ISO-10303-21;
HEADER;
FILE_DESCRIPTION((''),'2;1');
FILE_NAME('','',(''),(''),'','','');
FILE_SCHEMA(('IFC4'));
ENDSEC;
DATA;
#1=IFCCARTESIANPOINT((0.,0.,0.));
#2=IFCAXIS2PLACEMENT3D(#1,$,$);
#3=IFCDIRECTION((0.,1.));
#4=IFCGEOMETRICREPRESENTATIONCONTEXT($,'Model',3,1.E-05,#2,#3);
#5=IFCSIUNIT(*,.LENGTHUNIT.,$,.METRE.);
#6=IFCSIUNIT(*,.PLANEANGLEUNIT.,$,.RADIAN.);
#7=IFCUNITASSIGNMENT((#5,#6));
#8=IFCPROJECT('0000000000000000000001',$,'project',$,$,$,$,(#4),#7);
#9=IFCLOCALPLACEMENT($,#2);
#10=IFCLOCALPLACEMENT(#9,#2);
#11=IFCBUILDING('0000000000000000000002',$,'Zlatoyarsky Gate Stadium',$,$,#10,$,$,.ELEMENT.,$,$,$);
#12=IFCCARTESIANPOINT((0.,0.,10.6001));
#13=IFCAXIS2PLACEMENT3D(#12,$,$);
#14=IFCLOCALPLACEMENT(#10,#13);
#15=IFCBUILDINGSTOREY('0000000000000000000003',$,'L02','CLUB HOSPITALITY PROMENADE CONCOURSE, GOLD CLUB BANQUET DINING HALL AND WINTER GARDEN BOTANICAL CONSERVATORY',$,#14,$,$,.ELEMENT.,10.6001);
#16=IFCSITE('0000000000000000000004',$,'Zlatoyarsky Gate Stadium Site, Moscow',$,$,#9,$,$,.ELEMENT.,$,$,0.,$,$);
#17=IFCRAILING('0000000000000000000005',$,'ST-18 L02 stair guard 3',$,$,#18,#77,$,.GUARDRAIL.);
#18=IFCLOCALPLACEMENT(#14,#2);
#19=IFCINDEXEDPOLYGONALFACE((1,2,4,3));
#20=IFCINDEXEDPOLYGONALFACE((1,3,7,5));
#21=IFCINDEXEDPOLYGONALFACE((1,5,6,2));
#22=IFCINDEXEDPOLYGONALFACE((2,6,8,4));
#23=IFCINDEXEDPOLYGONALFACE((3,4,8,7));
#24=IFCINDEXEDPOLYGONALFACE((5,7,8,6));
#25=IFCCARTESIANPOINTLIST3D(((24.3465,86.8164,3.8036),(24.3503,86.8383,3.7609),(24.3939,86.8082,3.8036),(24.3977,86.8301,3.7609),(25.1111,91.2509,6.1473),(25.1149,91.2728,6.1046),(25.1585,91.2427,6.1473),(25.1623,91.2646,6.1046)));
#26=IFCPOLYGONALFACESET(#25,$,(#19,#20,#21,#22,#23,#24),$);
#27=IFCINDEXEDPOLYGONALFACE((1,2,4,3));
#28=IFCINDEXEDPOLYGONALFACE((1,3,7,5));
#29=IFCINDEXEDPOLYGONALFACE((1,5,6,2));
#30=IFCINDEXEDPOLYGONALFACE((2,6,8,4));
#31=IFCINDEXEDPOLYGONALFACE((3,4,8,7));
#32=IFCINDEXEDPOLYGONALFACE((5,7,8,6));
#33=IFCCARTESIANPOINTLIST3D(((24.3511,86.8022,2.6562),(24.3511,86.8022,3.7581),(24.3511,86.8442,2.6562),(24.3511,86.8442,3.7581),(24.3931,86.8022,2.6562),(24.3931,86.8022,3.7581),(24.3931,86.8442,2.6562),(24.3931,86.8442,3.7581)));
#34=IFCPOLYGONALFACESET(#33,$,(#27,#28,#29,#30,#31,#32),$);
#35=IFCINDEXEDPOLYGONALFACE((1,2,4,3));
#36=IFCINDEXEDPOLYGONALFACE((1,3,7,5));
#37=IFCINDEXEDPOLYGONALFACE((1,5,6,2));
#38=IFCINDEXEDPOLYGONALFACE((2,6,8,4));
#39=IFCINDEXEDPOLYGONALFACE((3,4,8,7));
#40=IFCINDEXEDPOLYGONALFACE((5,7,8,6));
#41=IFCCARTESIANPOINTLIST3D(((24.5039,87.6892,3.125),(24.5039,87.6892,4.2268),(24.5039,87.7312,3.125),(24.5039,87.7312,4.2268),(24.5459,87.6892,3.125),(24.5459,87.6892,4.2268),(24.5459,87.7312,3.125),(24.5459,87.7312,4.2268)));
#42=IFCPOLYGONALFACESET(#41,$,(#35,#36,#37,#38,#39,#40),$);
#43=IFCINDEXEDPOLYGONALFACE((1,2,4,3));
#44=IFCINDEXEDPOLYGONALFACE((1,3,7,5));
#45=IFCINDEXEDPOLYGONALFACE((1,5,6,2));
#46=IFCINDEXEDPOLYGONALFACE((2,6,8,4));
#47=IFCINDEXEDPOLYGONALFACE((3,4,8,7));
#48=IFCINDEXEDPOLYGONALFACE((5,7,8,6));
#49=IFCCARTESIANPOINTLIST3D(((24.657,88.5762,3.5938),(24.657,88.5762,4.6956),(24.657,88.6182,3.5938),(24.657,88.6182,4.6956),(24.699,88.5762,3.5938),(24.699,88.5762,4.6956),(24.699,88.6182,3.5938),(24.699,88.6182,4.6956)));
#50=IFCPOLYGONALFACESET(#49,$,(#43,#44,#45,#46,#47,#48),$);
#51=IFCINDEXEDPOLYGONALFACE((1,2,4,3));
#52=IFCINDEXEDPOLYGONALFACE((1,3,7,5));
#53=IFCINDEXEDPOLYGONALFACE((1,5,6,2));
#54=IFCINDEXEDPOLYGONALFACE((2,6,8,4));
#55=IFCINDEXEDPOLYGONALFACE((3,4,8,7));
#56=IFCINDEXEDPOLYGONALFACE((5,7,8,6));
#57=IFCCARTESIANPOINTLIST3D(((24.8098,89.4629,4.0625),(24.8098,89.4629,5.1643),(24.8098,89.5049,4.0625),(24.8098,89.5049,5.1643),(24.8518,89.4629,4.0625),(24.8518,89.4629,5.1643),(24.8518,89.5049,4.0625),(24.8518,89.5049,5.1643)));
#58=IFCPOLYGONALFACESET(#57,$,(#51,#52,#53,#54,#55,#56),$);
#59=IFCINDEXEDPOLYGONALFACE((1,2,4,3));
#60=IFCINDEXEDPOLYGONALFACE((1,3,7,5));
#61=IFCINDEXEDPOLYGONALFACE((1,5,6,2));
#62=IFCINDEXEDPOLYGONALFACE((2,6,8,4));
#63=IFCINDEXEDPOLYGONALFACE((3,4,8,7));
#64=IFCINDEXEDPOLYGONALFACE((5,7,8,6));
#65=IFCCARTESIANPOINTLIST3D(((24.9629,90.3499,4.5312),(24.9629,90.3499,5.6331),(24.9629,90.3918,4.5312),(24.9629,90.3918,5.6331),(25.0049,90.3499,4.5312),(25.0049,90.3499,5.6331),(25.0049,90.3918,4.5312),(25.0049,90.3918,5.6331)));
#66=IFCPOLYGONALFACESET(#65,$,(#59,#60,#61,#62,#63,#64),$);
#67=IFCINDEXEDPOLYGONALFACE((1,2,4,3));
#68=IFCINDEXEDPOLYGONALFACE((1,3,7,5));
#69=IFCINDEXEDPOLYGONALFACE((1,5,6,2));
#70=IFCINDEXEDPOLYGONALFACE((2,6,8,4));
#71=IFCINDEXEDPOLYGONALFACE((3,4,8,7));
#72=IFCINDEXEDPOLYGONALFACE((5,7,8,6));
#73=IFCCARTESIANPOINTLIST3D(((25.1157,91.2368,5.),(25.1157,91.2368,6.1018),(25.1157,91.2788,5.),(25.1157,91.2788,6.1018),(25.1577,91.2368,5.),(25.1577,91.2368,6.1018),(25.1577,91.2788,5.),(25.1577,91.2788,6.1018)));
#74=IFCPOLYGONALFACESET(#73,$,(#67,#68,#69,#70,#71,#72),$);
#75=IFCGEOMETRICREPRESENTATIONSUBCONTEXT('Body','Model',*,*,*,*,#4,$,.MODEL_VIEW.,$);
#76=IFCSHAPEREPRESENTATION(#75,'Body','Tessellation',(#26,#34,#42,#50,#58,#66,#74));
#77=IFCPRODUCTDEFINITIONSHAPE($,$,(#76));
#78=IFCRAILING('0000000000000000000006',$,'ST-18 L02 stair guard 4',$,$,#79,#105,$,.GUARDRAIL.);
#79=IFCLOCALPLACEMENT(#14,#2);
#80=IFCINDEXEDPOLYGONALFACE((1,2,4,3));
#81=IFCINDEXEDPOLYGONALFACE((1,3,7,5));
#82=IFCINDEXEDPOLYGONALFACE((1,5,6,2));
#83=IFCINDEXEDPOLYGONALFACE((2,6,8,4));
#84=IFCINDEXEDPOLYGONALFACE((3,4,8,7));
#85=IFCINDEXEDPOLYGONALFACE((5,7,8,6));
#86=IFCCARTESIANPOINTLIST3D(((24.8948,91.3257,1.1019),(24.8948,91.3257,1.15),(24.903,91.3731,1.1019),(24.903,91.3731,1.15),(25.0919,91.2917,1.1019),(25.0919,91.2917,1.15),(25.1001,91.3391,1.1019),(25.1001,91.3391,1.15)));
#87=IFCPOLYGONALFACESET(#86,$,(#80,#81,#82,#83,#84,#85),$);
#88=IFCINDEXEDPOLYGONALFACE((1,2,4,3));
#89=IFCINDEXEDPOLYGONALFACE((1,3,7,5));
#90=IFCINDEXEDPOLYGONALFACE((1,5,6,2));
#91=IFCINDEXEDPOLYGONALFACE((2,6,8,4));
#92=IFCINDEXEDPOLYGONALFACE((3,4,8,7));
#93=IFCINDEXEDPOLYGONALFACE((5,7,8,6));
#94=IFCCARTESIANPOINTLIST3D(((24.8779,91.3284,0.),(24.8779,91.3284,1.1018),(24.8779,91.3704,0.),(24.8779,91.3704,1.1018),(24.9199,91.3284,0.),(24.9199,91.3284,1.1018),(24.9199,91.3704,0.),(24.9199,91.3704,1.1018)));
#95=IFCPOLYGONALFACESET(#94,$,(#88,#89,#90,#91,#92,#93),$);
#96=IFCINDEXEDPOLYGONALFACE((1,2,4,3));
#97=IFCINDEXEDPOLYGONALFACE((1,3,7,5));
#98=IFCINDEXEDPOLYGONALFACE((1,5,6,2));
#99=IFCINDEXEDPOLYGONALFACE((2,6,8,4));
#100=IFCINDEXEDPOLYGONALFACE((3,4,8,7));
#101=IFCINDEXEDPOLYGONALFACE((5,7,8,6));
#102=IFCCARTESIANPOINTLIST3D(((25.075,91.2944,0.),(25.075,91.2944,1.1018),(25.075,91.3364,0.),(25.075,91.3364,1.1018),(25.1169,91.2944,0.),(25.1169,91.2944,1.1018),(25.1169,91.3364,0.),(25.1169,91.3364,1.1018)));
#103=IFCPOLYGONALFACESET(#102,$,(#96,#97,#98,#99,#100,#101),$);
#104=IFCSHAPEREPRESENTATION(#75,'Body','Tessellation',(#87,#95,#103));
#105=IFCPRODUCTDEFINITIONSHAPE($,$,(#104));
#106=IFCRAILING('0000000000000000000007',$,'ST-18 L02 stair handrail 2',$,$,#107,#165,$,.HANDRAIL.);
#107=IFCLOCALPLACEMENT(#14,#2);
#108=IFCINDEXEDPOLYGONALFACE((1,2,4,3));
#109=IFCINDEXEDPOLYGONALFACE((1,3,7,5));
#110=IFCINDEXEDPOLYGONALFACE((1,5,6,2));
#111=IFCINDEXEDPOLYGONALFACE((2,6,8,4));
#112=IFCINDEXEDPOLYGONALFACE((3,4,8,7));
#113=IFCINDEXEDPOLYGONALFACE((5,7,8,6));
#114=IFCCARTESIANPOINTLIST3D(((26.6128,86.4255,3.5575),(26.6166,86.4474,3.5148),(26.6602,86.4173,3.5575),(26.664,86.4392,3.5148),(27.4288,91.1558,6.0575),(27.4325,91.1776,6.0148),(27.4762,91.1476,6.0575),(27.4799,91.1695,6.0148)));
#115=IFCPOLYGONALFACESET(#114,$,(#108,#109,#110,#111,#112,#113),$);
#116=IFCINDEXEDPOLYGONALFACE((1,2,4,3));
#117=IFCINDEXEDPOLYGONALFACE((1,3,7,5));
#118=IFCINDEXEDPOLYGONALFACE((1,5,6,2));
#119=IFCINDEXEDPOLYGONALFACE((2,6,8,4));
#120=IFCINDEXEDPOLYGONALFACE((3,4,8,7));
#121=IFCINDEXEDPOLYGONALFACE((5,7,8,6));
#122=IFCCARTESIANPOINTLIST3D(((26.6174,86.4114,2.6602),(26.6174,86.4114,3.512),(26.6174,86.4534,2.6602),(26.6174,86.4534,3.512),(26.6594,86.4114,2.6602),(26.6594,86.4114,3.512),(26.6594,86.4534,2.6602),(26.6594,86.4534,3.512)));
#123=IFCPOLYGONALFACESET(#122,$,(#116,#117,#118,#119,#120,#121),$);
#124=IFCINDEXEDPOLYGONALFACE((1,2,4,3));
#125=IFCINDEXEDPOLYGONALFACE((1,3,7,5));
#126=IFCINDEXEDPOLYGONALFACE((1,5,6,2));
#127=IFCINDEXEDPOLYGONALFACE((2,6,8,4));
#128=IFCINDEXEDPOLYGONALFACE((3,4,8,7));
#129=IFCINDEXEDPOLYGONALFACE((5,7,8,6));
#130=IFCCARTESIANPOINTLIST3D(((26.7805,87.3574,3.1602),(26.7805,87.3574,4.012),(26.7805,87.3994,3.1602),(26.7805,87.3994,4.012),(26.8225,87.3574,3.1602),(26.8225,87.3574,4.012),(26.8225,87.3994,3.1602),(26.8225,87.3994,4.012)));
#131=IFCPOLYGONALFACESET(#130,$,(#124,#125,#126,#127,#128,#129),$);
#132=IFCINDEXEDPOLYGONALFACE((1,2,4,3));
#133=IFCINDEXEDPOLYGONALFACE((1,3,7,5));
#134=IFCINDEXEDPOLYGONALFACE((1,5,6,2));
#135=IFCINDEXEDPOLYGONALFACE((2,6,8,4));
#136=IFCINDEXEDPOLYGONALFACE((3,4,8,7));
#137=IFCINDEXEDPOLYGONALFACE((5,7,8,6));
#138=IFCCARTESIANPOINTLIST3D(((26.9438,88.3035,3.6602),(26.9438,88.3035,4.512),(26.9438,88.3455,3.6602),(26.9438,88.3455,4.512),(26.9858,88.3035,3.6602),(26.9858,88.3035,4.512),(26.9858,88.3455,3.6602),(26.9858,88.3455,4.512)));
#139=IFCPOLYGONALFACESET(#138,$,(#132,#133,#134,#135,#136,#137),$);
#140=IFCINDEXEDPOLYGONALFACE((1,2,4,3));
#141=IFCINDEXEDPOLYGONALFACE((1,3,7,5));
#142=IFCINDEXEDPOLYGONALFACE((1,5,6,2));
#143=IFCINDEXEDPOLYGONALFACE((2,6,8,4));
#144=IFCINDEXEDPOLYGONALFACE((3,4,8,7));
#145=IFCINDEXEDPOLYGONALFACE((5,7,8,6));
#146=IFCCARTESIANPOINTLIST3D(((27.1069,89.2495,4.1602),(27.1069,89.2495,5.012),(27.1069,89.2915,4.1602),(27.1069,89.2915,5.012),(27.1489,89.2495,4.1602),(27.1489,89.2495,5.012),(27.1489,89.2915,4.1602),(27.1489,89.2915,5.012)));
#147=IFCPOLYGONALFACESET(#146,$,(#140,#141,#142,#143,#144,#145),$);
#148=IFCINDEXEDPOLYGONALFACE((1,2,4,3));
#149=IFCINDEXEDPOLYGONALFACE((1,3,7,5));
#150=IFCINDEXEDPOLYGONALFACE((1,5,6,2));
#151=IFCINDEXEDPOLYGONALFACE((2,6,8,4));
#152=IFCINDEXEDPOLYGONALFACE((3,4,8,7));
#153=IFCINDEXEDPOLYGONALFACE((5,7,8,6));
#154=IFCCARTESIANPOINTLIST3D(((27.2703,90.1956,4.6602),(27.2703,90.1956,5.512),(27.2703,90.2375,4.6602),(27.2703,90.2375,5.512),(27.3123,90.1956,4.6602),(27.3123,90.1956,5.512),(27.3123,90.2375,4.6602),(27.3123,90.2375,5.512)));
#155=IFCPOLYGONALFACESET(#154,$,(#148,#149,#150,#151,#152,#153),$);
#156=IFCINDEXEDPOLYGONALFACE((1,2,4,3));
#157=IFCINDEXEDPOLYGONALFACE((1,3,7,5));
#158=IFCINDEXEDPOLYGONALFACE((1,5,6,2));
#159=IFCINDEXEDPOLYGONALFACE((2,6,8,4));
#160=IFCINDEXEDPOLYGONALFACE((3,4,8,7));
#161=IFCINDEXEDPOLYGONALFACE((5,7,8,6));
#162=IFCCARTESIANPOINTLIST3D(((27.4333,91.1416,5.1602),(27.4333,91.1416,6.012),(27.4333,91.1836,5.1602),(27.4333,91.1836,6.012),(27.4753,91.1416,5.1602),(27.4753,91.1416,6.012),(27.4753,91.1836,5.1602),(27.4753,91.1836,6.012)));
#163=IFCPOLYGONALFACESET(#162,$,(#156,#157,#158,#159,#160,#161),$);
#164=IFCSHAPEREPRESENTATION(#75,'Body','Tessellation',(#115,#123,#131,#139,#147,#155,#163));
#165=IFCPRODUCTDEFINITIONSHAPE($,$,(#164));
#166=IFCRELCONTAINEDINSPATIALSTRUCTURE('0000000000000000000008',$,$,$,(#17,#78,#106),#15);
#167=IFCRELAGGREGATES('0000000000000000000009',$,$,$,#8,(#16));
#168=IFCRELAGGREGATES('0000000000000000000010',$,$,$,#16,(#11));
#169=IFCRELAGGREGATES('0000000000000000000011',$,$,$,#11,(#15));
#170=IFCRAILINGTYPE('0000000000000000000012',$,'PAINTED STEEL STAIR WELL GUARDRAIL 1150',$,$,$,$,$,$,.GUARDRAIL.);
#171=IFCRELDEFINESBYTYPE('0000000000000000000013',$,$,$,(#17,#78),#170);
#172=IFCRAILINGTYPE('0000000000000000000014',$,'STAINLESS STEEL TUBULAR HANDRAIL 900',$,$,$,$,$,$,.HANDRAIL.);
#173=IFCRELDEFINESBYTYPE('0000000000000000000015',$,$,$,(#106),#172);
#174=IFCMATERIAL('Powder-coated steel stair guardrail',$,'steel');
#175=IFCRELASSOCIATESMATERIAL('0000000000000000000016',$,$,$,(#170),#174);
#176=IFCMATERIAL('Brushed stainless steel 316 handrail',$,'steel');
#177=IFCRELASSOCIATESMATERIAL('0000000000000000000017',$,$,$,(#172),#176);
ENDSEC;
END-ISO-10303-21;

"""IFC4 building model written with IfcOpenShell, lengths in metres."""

from ifc_helpers import new_model, si_unit, direction, frame, origin, origin_2d, place, context, subcontext, project, spatial, rectangle, extrude, material, type_object, element, save


model = new_model("IFC4")

# Units and contexts
model_context = context("Model", 3, precision=1e-05, world=origin(), true_north=direction((0.0, 1.0)))
body_context = subcontext(model_context, "Body", "Model", "MODEL_VIEW")
ifc_project = project(units=[si_unit("LENGTHUNIT", "METRE"), si_unit("PLANEANGLEUNIT", "RADIAN")], contexts=[model_context])

# Site, building, storey
site_placement = place(None, origin())
site = spatial("IfcSite", under=ifc_project, at=site_placement, Name="Zlatoyarsky Gate Stadium Site, Moscow", CompositionType="ELEMENT", RefElevation=0.0)
building_placement = place(site_placement, origin())
building = spatial("IfcBuilding", under=site, at=building_placement, Name="Zlatoyarsky Gate Stadium", CompositionType="ELEMENT")
storey_placement = place(building_placement, frame((0.0, 0.0, 10.6001)))
storey = spatial("IfcBuildingStorey", under=building, at=storey_placement, Name="L02", Description="CLUB HOSPITALITY PROMENADE CONCOURSE, GOLD CLUB BANQUET DINING HALL AND WINTER GARDEN BOTANICAL CONSERVATORY", CompositionType="ELEMENT", Elevation=10.6001)

# Railings
ifc_material_1 = material(Name="Powder-coated steel stair guardrail", Category="steel")
railing_type_1 = type_object("IfcRailingType", Name="PAINTED STEEL STAIR WELL GUARDRAIL 1150", PredefinedType="GUARDRAIL", material=ifc_material_1)
railing_1_placement = place(storey_placement, frame((24.3721, 86.8232, 2.6562)))
element("IfcRailing", 1, at=railing_1_placement, inside=storey, type_object=railing_type_1, Name="ST-18 L02 stair guard 3", PredefinedType="GUARDRAIL", context=body_context, shape_type="SweptSolid", body=[
    extrude(rectangle(XDim=0.0481, YDim=0.0481, at=origin_2d()), frame((0.0, 0.0, 1.126), z_axis=(0.150706, 0.874017, 0.461934), x_axis=(-0.985458, 0.169921, 0.0)), (0.0, 0.0, 1.0), 5.0737),
    extrude(rectangle(XDim=0.042, YDim=0.042, at=origin_2d()), origin(), (0.0, 0.0, 1.0), 1.1018),
    extrude(rectangle(XDim=0.042, YDim=0.042, at=origin_2d()), frame((0.1528, 0.887, 0.4688)), (0.0, 0.0, 1.0), 1.1018),
    extrude(rectangle(XDim=0.042, YDim=0.042, at=origin_2d()), frame((0.3059, 1.7739, 0.9375)), (0.0, 0.0, 1.0), 1.1018),
    extrude(rectangle(XDim=0.042, YDim=0.042, at=origin_2d()), frame((0.4587, 2.6606, 1.4062)), (0.0, 0.0, 1.0), 1.1018),
    extrude(rectangle(XDim=0.042, YDim=0.042, at=origin_2d()), frame((0.6118, 3.5476, 1.875)), (0.0, 0.0, 1.0), 1.1018),
    extrude(rectangle(XDim=0.042, YDim=0.042, at=origin_2d()), frame((0.7646, 4.4346, 2.3438)), (0.0, 0.0, 1.0), 1.1018),
])
railing_2_placement = place(storey_placement, frame((24.8989, 91.3494, 0.0)))
element("IfcRailing", 2, at=railing_2_placement, inside=storey, type_object=railing_type_1, Name="ST-18 L02 stair guard 4", PredefinedType="GUARDRAIL", context=body_context, shape_type="SweptSolid", body=[
    extrude(rectangle(XDim=0.0481, YDim=0.0481, at=origin_2d()), frame((0.0, 0.0, 1.126), z_axis=(0.985488, -0.169743, 0.0), x_axis=(0.169743, 0.985488, 0.0)), (0.0, 0.0, 1.0), 0.2),
    extrude(rectangle(XDim=0.042, YDim=0.042, at=origin_2d()), origin(), (0.0, 0.0, 1.0), 1.1018),
    extrude(rectangle(XDim=0.042, YDim=0.042, at=origin_2d()), frame((0.197, -0.0339, 0.0)), (0.0, 0.0, 1.0), 1.1018),
])
ifc_material_2 = material(Name="Brushed stainless steel 316 handrail", Category="steel")
railing_type_2 = type_object("IfcRailingType", Name="STAINLESS STEEL TUBULAR HANDRAIL 900", PredefinedType="HANDRAIL", material=ifc_material_2)
railing_3_placement = place(storey_placement, frame((26.6384, 86.4324, 2.6602)))
element("IfcRailing", 3, at=railing_3_placement, inside=storey, type_object=railing_type_2, Name="ST-18 L02 stair handrail 2", PredefinedType="HANDRAIL", context=body_context, shape_type="SweptSolid", body=[
    extrude(rectangle(XDim=0.0481, YDim=0.0481, at=origin_2d()), frame((0.0, 0.0, 0.876), z_axis=(0.150758, 0.87401, 0.461929), x_axis=(-0.985447, 0.16998, 0.0)), (0.0, 0.0, 1.0), 5.4121),
    extrude(rectangle(XDim=0.042, YDim=0.042, at=origin_2d()), origin(), (0.0, 0.0, 1.0), 0.8518),
    extrude(rectangle(XDim=0.042, YDim=0.042, at=origin_2d()), frame((0.1631, 0.946, 0.5)), (0.0, 0.0, 1.0), 0.8518),
    extrude(rectangle(XDim=0.042, YDim=0.042, at=origin_2d()), frame((0.3264, 1.8921, 1.0)), (0.0, 0.0, 1.0), 0.8518),
    extrude(rectangle(XDim=0.042, YDim=0.042, at=origin_2d()), frame((0.4895, 2.8381, 1.5)), (0.0, 0.0, 1.0), 0.8518),
    extrude(rectangle(XDim=0.042, YDim=0.042, at=origin_2d()), frame((0.6528, 3.7842, 2.0)), (0.0, 0.0, 1.0), 0.8518),
    extrude(rectangle(XDim=0.042, YDim=0.042, at=origin_2d()), frame((0.8159, 4.7302, 2.5)), (0.0, 0.0, 1.0), 0.8518),
])

save(model, "model.ifc")
